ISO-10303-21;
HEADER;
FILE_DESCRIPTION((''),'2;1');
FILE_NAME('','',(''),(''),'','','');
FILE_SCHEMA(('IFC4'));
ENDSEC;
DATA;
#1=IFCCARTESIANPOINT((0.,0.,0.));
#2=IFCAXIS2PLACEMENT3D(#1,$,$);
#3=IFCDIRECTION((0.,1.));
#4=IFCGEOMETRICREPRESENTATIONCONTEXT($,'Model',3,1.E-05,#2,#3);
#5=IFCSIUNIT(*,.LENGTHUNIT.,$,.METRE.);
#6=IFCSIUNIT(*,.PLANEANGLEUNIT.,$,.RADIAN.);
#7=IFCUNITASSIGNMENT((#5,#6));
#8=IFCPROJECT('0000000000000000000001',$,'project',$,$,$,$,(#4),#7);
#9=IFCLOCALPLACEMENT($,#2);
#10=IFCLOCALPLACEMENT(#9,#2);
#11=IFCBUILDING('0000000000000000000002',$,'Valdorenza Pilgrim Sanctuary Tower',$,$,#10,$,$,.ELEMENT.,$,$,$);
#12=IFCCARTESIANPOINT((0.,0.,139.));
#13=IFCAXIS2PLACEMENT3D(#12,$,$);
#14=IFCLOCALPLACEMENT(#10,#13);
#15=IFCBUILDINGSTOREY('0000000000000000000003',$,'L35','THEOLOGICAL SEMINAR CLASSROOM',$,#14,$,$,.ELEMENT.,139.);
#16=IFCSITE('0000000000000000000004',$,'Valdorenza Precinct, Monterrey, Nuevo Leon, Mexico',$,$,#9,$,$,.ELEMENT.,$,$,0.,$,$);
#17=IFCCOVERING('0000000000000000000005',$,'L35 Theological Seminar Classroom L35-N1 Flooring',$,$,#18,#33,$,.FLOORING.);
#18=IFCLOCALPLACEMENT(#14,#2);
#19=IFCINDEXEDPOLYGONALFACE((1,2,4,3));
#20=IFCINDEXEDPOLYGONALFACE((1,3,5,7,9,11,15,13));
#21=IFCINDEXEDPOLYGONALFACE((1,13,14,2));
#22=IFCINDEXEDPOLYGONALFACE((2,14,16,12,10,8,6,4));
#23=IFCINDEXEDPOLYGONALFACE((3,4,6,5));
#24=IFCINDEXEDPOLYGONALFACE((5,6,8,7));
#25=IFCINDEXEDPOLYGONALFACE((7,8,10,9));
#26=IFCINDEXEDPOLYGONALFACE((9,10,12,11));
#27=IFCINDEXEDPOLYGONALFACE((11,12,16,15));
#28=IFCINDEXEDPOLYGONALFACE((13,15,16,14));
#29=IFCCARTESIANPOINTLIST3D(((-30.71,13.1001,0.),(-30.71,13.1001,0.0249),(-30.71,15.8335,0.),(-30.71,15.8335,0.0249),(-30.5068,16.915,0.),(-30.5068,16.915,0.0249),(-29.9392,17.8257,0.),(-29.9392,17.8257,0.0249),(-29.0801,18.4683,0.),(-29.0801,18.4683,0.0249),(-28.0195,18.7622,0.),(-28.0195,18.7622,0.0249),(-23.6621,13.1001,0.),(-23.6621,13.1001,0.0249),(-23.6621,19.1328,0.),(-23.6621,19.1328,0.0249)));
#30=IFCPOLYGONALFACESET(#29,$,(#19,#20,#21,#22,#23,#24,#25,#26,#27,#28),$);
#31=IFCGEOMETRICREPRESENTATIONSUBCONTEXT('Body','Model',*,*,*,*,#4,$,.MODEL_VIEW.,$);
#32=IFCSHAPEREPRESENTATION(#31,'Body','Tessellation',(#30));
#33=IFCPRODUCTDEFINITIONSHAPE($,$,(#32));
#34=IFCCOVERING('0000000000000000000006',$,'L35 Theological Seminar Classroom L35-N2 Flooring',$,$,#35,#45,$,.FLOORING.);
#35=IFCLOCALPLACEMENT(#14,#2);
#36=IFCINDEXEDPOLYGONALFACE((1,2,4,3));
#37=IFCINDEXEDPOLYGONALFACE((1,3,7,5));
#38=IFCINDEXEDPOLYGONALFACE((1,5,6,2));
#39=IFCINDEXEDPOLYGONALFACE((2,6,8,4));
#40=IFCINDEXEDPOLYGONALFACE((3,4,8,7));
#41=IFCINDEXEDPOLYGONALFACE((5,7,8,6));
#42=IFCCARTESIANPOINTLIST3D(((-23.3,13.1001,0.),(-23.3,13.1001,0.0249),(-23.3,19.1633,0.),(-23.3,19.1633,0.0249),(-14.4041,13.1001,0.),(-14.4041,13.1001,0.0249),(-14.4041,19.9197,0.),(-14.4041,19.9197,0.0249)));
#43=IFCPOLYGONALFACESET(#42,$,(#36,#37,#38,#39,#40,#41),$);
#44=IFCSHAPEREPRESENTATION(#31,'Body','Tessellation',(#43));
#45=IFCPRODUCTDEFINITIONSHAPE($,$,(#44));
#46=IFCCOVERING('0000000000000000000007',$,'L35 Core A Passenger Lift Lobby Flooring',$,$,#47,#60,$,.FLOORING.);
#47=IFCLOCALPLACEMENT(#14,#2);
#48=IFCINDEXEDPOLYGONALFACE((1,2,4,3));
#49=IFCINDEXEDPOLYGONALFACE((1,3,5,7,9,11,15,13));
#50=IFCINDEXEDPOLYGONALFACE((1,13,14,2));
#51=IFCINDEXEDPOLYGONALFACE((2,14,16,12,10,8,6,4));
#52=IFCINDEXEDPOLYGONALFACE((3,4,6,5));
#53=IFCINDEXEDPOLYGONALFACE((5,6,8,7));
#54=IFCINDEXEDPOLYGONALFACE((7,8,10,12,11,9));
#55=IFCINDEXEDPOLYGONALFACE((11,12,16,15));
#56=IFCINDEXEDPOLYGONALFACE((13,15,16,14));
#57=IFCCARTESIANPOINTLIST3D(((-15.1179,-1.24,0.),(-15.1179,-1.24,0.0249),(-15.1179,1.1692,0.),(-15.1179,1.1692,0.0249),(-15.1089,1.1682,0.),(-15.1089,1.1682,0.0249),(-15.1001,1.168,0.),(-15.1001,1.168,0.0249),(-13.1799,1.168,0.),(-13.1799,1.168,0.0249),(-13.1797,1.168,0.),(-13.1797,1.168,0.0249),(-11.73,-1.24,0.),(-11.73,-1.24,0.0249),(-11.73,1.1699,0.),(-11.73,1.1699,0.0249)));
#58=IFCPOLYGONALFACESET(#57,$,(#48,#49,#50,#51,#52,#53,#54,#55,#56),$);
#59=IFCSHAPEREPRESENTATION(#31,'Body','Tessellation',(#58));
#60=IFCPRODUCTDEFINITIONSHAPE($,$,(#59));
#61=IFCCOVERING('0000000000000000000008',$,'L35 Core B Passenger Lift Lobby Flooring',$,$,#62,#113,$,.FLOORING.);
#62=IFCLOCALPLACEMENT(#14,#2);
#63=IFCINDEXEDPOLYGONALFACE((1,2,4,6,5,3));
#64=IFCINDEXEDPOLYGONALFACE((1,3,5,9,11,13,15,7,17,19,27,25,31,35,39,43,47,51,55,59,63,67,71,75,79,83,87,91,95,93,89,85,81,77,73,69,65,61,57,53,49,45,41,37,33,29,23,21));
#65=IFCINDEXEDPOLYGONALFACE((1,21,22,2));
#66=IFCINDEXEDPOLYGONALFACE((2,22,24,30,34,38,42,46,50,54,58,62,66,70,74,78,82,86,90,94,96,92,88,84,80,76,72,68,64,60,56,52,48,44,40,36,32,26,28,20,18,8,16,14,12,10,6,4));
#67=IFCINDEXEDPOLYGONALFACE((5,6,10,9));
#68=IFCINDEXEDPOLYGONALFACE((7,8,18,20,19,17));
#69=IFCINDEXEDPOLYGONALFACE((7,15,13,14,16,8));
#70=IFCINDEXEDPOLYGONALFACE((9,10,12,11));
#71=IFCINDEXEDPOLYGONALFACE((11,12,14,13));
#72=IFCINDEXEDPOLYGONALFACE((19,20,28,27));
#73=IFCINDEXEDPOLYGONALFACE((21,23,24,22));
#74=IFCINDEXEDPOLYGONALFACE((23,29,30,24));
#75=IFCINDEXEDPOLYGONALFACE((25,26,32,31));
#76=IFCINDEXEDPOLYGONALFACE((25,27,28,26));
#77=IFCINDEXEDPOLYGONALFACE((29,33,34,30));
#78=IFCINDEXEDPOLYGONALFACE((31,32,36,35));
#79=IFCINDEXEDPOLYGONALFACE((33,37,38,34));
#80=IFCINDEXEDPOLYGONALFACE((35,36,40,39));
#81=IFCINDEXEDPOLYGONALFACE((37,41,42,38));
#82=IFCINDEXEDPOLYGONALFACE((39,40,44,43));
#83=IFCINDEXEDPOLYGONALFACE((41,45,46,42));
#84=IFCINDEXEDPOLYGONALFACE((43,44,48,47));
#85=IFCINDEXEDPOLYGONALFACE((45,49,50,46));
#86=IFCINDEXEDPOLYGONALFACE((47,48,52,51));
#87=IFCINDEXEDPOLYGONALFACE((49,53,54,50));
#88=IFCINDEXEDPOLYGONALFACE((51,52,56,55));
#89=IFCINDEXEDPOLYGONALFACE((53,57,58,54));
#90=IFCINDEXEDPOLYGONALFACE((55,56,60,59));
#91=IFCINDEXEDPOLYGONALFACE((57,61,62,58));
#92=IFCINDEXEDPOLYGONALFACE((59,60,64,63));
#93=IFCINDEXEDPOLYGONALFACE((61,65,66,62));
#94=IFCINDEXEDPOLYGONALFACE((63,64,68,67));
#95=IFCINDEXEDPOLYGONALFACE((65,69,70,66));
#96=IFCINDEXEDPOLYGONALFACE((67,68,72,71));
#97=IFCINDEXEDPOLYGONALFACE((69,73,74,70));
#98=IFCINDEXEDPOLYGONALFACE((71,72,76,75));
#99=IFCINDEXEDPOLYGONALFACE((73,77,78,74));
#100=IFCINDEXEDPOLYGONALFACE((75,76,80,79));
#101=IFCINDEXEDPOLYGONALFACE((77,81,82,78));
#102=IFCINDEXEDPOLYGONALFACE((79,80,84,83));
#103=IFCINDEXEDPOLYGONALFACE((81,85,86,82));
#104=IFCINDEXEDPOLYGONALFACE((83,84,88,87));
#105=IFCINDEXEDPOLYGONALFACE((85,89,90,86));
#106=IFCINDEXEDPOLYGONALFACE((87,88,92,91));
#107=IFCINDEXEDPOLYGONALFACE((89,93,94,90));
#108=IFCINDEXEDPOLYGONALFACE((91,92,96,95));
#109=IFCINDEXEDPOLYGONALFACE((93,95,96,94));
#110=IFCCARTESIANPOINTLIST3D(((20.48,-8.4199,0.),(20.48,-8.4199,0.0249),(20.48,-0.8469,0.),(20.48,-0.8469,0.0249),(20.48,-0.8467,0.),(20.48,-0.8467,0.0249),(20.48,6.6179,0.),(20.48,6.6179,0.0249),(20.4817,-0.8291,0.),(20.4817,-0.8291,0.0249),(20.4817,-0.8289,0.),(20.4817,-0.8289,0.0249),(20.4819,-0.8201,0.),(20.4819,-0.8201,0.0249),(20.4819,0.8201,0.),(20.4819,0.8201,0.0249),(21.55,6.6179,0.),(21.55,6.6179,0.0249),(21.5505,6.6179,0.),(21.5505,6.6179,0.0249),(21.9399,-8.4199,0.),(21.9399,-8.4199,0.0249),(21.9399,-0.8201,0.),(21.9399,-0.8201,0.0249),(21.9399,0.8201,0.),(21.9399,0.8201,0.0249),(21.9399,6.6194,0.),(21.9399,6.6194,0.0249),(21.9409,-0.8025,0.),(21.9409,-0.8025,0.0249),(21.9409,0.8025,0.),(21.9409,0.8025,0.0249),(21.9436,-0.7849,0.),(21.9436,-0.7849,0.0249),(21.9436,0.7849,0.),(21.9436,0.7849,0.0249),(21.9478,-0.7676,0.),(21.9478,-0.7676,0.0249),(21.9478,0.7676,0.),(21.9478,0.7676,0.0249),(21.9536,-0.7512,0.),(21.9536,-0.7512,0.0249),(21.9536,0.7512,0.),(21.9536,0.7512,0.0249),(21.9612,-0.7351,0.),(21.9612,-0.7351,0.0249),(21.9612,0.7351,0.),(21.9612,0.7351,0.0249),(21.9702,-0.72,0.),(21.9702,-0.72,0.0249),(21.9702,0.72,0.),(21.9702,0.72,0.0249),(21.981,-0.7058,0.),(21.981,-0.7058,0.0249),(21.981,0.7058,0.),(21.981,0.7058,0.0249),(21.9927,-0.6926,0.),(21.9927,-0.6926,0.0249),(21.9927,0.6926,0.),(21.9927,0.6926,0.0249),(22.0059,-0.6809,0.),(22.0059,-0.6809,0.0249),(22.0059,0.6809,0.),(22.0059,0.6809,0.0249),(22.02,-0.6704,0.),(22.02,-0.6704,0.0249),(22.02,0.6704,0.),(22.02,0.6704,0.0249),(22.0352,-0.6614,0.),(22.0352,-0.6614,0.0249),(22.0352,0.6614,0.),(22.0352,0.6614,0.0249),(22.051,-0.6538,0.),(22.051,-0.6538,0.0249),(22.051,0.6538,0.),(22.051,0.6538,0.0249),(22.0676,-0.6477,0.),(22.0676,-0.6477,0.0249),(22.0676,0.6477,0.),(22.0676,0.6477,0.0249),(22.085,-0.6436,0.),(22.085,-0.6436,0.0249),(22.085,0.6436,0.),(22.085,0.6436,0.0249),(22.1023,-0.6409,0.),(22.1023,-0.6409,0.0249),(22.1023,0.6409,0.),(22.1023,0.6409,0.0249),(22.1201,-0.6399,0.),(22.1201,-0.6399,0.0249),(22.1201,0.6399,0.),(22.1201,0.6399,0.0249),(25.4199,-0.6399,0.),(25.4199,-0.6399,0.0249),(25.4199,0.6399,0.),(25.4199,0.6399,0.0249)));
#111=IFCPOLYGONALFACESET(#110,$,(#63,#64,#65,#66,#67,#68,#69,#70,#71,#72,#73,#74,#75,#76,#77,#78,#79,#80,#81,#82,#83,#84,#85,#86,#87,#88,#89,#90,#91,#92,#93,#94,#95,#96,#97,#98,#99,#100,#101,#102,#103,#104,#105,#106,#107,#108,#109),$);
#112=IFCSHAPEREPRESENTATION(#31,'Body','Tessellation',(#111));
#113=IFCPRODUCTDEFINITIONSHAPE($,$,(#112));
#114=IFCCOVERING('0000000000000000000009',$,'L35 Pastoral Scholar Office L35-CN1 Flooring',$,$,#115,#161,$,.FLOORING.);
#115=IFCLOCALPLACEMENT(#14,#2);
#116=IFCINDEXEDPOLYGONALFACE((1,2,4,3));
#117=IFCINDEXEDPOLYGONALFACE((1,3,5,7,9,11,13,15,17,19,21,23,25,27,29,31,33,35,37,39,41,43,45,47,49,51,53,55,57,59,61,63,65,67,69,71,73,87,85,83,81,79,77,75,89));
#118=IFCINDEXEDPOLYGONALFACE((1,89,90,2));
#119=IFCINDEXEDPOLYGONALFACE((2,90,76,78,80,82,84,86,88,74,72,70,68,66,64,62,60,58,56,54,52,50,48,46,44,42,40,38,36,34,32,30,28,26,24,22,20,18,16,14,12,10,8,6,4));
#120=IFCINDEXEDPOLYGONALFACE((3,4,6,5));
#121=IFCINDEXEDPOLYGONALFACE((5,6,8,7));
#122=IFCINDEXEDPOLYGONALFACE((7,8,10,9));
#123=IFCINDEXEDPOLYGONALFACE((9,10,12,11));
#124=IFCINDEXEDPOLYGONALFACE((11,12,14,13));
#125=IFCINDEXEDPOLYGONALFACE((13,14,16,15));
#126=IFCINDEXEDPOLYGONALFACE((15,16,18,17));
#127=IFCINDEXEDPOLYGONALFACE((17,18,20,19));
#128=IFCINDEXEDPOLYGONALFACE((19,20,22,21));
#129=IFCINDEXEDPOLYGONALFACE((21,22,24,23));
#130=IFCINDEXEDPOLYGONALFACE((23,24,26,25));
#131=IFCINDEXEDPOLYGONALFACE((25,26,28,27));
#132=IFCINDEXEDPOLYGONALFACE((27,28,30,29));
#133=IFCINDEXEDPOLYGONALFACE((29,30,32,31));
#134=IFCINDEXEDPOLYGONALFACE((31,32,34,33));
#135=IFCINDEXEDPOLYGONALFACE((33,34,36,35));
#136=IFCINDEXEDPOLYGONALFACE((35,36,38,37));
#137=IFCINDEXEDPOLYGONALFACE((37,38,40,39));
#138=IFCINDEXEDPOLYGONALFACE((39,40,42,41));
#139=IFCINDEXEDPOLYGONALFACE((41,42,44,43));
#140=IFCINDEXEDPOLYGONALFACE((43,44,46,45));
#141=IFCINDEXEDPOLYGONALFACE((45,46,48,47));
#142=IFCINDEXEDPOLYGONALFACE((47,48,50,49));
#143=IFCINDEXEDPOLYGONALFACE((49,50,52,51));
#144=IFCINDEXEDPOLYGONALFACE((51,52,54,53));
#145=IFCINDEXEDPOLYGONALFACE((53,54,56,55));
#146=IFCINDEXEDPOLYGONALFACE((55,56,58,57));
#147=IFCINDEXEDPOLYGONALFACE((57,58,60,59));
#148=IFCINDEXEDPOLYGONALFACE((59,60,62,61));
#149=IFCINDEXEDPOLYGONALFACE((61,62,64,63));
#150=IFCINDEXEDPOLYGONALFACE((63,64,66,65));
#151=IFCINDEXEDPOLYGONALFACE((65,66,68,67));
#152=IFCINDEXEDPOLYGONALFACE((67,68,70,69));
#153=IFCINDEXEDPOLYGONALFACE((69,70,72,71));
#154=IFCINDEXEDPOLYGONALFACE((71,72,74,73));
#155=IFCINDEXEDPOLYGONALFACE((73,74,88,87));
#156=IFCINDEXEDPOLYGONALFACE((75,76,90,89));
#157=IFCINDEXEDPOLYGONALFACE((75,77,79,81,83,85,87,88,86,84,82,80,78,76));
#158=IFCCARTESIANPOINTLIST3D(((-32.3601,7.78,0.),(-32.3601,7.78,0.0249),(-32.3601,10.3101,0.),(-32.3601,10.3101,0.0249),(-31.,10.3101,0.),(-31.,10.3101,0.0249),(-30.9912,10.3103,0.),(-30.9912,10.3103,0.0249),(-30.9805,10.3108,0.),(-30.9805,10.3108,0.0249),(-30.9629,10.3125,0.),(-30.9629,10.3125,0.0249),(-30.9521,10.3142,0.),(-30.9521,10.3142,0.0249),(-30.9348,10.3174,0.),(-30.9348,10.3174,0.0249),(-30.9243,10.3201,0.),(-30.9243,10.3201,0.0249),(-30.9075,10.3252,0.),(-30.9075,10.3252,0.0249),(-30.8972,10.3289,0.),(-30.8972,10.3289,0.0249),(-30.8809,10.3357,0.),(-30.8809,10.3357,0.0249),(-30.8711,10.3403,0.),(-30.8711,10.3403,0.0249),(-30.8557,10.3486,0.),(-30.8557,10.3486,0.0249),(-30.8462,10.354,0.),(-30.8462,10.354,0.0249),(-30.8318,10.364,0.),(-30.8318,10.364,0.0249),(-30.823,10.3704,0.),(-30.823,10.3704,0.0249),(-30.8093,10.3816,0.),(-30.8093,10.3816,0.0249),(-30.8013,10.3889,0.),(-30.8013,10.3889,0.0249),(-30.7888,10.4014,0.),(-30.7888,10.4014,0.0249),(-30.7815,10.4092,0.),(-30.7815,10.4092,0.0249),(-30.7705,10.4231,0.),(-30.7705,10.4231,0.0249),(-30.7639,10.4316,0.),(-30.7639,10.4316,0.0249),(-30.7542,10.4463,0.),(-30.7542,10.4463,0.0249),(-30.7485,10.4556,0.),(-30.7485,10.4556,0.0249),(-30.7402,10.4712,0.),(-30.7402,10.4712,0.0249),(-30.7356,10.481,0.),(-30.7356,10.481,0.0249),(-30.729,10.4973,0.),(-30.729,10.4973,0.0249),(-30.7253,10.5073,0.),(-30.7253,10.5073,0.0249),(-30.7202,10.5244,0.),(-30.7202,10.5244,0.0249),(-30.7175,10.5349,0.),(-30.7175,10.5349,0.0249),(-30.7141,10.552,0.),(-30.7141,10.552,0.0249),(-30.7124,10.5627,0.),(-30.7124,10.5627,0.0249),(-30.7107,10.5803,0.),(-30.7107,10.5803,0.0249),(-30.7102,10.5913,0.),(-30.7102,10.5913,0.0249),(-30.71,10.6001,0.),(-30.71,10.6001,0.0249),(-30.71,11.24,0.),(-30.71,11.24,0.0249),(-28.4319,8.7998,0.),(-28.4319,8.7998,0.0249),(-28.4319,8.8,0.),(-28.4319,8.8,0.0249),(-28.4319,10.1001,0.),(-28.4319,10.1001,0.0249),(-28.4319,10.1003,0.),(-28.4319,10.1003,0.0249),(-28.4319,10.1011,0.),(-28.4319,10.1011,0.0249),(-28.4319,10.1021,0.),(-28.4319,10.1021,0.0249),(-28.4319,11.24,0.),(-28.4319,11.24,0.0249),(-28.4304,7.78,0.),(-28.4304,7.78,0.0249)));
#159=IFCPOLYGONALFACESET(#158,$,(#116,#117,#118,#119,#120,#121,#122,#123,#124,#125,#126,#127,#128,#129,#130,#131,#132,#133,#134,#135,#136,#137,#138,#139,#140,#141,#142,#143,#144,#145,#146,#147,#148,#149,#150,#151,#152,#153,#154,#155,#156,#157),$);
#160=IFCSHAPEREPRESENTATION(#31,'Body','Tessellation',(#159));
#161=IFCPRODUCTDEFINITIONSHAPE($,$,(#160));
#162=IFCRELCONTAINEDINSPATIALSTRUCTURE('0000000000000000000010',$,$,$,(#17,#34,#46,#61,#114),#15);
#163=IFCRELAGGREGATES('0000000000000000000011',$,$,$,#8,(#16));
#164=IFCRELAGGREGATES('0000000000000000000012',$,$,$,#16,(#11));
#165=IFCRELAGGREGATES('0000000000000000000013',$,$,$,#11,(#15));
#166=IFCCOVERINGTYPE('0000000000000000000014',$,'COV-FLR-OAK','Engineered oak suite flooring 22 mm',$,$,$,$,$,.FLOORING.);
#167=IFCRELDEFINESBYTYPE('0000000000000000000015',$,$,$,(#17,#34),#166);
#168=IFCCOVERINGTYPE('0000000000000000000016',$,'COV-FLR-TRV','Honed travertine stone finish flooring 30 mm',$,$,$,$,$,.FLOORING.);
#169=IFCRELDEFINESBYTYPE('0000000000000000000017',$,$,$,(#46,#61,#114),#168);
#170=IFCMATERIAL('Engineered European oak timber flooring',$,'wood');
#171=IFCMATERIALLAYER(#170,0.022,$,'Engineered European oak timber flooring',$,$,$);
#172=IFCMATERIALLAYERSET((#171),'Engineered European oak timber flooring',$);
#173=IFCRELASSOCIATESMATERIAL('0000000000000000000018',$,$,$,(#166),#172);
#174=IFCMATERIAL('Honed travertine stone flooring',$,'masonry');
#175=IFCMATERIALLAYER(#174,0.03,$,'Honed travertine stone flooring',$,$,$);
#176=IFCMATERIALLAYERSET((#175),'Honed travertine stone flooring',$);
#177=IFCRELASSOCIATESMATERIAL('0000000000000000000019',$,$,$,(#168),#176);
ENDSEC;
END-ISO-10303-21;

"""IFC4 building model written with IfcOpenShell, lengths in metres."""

from ifc_helpers import new_model, si_unit, direction, frame, origin, place, context, subcontext, project, spatial, polyline, outline, extrude, material, layer, layer_set, type_object, element, save


model = new_model("IFC4")

# Units and contexts
model_context = context("Model", 3, precision=1e-05, world=origin(), true_north=direction((0.0, 1.0)))
body_context = subcontext(model_context, "Body", "Model", "MODEL_VIEW")
ifc_project = project(units=[si_unit("LENGTHUNIT", "METRE"), si_unit("PLANEANGLEUNIT", "RADIAN")], contexts=[model_context])

# Site, building, storey
site_placement = place(None, origin())
site = spatial("IfcSite", under=ifc_project, at=site_placement, Name="Valdorenza Precinct, Monterrey, Nuevo Leon, Mexico", CompositionType="ELEMENT", RefElevation=0.0)
building_placement = place(site_placement, origin())
building = spatial("IfcBuilding", under=site, at=building_placement, Name="Valdorenza Pilgrim Sanctuary Tower", CompositionType="ELEMENT")
storey_placement = place(building_placement, frame((0.0, 0.0, 139.0)))
storey = spatial("IfcBuildingStorey", under=building, at=storey_placement, Name="L35", Description="THEOLOGICAL SEMINAR CLASSROOM", CompositionType="ELEMENT", Elevation=139.0)

# Coverings
ifc_material_1 = material(Name="Engineered European oak timber flooring", Category="wood")
ifc_layer_1 = layer(ifc_material_1, 0.022, Name="Engineered European oak timber flooring")
ifc_layer_set_1 = layer_set([ifc_layer_1], Name="Engineered European oak timber flooring")
covering_type_1 = type_object("IfcCoveringType", Name="COV-FLR-OAK", Description="Engineered oak suite flooring 22 mm", PredefinedType="FLOORING", material=ifc_layer_set_1)
covering_1_placement = place(storey_placement, origin())
element("IfcCovering", 1, at=covering_1_placement, inside=storey, type_object=covering_type_1, Name="L35 Theological Seminar Classroom L35-N1 Flooring", PredefinedType="FLOORING", context=body_context, shape_type="SweptSolid", body=[
    extrude(outline(polyline([(-30.71, 13.1001), (-30.71, 15.8335), (-30.5068, 16.915), (-29.9392, 17.8257), (-29.0801, 18.4683), (-28.0195, 18.7622), (-23.6621, 19.1328), (-23.6621, 13.1001), (-30.71, 13.1001)])), origin(), (0.0, 0.0, 1.0), 0.0249),
])
covering_2_placement = place(storey_placement, origin())
element("IfcCovering", 2, at=covering_2_placement, inside=storey, type_object=covering_type_1, Name="L35 Theological Seminar Classroom L35-N2 Flooring", PredefinedType="FLOORING", context=body_context, shape_type="SweptSolid", body=[
    extrude(outline(polyline([(-23.3, 13.1001), (-23.3, 19.1633), (-14.4041, 19.9197), (-14.4041, 13.1001), (-23.3, 13.1001)])), origin(), (0.0, 0.0, 1.0), 0.0249),
])
ifc_material_2 = material(Name="Honed travertine stone flooring", Category="masonry")
ifc_layer_2 = layer(ifc_material_2, 0.03, Name="Honed travertine stone flooring")
ifc_layer_set_2 = layer_set([ifc_layer_2], Name="Honed travertine stone flooring")
covering_type_2 = type_object("IfcCoveringType", Name="COV-FLR-TRV", Description="Honed travertine stone finish flooring 30 mm", PredefinedType="FLOORING", material=ifc_layer_set_2)
covering_3_placement = place(storey_placement, origin())
element("IfcCovering", 3, at=covering_3_placement, inside=storey, type_object=covering_type_2, Name="L35 Core A Passenger Lift Lobby Flooring", PredefinedType="FLOORING", context=body_context, shape_type="SweptSolid", body=[
    extrude(outline(polyline([(-15.1179, 1.1692), (-15.1089, 1.1682), (-15.1089, 1.1682), (-15.1001, 1.168), (-13.1799, 1.168), (-13.1797, 1.168), (-11.73, 1.1699), (-11.73, -1.24), (-15.1179, -1.24), (-15.1179, 1.1692)])), origin(), (0.0, 0.0, 1.0), 0.0249),
])
covering_4_placement = place(storey_placement, origin())
element("IfcCovering", 4, at=covering_4_placement, inside=storey, type_object=covering_type_2, Name="L35 Core B Passenger Lift Lobby Flooring", PredefinedType="FLOORING", context=body_context, shape_type="SweptSolid", body=[
    extrude(outline(polyline([(20.48, 6.6179), (21.55, 6.6179), (21.5505, 6.6179), (21.9399, 6.6194), (21.9399, 0.8201), (21.9409, 0.8025), (21.9436, 0.7849), (21.9478, 0.7676), (21.9536, 0.7512), (21.9612, 0.7351), (21.9702, 0.72), (21.981, 0.7058), (21.9927, 0.6926), (22.0059, 0.6809), (22.02, 0.6704), (22.0352, 0.6614), (22.051, 0.6538), (22.0676, 0.6477), (22.085, 0.6436), (22.1023, 0.6409), (22.1201, 0.6399), (25.4199, 0.6399), (25.4199, -0.6399), (22.1201, -0.6399), (22.1023, -0.6409), (22.085, -0.6436), (22.0676, -0.6477), (22.051, -0.6538), (22.0352, -0.6614), (22.02, -0.6704), (22.0059, -0.6809), (21.9927, -0.6926), (21.981, -0.7058), (21.9702, -0.72), (21.9612, -0.7351), (21.9536, -0.7512), (21.9478, -0.7676), (21.9436, -0.7849), (21.9409, -0.8025), (21.9399, -0.8201), (21.9399, -8.4199), (20.48, -8.4199), (20.48, -0.8469), (20.48, -0.8467), (20.48, -0.8467), (20.4817, -0.8291), (20.4817, -0.8289), (20.4819, -0.8201), (20.4819, 0.8201), (20.48, 6.6179)])), origin(), (0.0, 0.0, 1.0), 0.0249),
])
covering_5_placement = place(storey_placement, origin())
element("IfcCovering", 5, at=covering_5_placement, inside=storey, type_object=covering_type_2, Name="L35 Pastoral Scholar Office L35-CN1 Flooring", PredefinedType="FLOORING", context=body_context, shape_type="SweptSolid", body=[
    extrude(outline(polyline([(-28.4319, 11.24), (-28.4319, 10.1021), (-28.4319, 10.1011), (-28.4319, 10.1003), (-28.4319, 10.1001), (-28.4319, 8.8), (-28.4319, 8.7998), (-28.4304, 7.78), (-32.3601, 7.78), (-32.3601, 10.3101), (-31.0, 10.3101), (-30.9912, 10.3103), (-30.9805, 10.3108), (-30.9629, 10.3125), (-30.9521, 10.3142), (-30.9348, 10.3174), (-30.9243, 10.3201), (-30.9075, 10.3252), (-30.8972, 10.3289), (-30.8809, 10.3357), (-30.8711, 10.3403), (-30.8557, 10.3486), (-30.8462, 10.354), (-30.8318, 10.364), (-30.823, 10.3704), (-30.8093, 10.3816), (-30.8013, 10.3889), (-30.7888, 10.4014), (-30.7815, 10.4092), (-30.7705, 10.4231), (-30.7639, 10.4316), (-30.7542, 10.4463), (-30.7485, 10.4556), (-30.7402, 10.4712), (-30.7356, 10.481), (-30.729, 10.4973), (-30.7253, 10.5073), (-30.7202, 10.5244), (-30.7175, 10.5349), (-30.7141, 10.552), (-30.7124, 10.5627), (-30.7107, 10.5803), (-30.7102, 10.5913), (-30.71, 10.6001), (-30.71, 11.24), (-28.4319, 11.24)])), origin(), (0.0, 0.0, 1.0), 0.0249),
])

save(model, "model.ifc")
